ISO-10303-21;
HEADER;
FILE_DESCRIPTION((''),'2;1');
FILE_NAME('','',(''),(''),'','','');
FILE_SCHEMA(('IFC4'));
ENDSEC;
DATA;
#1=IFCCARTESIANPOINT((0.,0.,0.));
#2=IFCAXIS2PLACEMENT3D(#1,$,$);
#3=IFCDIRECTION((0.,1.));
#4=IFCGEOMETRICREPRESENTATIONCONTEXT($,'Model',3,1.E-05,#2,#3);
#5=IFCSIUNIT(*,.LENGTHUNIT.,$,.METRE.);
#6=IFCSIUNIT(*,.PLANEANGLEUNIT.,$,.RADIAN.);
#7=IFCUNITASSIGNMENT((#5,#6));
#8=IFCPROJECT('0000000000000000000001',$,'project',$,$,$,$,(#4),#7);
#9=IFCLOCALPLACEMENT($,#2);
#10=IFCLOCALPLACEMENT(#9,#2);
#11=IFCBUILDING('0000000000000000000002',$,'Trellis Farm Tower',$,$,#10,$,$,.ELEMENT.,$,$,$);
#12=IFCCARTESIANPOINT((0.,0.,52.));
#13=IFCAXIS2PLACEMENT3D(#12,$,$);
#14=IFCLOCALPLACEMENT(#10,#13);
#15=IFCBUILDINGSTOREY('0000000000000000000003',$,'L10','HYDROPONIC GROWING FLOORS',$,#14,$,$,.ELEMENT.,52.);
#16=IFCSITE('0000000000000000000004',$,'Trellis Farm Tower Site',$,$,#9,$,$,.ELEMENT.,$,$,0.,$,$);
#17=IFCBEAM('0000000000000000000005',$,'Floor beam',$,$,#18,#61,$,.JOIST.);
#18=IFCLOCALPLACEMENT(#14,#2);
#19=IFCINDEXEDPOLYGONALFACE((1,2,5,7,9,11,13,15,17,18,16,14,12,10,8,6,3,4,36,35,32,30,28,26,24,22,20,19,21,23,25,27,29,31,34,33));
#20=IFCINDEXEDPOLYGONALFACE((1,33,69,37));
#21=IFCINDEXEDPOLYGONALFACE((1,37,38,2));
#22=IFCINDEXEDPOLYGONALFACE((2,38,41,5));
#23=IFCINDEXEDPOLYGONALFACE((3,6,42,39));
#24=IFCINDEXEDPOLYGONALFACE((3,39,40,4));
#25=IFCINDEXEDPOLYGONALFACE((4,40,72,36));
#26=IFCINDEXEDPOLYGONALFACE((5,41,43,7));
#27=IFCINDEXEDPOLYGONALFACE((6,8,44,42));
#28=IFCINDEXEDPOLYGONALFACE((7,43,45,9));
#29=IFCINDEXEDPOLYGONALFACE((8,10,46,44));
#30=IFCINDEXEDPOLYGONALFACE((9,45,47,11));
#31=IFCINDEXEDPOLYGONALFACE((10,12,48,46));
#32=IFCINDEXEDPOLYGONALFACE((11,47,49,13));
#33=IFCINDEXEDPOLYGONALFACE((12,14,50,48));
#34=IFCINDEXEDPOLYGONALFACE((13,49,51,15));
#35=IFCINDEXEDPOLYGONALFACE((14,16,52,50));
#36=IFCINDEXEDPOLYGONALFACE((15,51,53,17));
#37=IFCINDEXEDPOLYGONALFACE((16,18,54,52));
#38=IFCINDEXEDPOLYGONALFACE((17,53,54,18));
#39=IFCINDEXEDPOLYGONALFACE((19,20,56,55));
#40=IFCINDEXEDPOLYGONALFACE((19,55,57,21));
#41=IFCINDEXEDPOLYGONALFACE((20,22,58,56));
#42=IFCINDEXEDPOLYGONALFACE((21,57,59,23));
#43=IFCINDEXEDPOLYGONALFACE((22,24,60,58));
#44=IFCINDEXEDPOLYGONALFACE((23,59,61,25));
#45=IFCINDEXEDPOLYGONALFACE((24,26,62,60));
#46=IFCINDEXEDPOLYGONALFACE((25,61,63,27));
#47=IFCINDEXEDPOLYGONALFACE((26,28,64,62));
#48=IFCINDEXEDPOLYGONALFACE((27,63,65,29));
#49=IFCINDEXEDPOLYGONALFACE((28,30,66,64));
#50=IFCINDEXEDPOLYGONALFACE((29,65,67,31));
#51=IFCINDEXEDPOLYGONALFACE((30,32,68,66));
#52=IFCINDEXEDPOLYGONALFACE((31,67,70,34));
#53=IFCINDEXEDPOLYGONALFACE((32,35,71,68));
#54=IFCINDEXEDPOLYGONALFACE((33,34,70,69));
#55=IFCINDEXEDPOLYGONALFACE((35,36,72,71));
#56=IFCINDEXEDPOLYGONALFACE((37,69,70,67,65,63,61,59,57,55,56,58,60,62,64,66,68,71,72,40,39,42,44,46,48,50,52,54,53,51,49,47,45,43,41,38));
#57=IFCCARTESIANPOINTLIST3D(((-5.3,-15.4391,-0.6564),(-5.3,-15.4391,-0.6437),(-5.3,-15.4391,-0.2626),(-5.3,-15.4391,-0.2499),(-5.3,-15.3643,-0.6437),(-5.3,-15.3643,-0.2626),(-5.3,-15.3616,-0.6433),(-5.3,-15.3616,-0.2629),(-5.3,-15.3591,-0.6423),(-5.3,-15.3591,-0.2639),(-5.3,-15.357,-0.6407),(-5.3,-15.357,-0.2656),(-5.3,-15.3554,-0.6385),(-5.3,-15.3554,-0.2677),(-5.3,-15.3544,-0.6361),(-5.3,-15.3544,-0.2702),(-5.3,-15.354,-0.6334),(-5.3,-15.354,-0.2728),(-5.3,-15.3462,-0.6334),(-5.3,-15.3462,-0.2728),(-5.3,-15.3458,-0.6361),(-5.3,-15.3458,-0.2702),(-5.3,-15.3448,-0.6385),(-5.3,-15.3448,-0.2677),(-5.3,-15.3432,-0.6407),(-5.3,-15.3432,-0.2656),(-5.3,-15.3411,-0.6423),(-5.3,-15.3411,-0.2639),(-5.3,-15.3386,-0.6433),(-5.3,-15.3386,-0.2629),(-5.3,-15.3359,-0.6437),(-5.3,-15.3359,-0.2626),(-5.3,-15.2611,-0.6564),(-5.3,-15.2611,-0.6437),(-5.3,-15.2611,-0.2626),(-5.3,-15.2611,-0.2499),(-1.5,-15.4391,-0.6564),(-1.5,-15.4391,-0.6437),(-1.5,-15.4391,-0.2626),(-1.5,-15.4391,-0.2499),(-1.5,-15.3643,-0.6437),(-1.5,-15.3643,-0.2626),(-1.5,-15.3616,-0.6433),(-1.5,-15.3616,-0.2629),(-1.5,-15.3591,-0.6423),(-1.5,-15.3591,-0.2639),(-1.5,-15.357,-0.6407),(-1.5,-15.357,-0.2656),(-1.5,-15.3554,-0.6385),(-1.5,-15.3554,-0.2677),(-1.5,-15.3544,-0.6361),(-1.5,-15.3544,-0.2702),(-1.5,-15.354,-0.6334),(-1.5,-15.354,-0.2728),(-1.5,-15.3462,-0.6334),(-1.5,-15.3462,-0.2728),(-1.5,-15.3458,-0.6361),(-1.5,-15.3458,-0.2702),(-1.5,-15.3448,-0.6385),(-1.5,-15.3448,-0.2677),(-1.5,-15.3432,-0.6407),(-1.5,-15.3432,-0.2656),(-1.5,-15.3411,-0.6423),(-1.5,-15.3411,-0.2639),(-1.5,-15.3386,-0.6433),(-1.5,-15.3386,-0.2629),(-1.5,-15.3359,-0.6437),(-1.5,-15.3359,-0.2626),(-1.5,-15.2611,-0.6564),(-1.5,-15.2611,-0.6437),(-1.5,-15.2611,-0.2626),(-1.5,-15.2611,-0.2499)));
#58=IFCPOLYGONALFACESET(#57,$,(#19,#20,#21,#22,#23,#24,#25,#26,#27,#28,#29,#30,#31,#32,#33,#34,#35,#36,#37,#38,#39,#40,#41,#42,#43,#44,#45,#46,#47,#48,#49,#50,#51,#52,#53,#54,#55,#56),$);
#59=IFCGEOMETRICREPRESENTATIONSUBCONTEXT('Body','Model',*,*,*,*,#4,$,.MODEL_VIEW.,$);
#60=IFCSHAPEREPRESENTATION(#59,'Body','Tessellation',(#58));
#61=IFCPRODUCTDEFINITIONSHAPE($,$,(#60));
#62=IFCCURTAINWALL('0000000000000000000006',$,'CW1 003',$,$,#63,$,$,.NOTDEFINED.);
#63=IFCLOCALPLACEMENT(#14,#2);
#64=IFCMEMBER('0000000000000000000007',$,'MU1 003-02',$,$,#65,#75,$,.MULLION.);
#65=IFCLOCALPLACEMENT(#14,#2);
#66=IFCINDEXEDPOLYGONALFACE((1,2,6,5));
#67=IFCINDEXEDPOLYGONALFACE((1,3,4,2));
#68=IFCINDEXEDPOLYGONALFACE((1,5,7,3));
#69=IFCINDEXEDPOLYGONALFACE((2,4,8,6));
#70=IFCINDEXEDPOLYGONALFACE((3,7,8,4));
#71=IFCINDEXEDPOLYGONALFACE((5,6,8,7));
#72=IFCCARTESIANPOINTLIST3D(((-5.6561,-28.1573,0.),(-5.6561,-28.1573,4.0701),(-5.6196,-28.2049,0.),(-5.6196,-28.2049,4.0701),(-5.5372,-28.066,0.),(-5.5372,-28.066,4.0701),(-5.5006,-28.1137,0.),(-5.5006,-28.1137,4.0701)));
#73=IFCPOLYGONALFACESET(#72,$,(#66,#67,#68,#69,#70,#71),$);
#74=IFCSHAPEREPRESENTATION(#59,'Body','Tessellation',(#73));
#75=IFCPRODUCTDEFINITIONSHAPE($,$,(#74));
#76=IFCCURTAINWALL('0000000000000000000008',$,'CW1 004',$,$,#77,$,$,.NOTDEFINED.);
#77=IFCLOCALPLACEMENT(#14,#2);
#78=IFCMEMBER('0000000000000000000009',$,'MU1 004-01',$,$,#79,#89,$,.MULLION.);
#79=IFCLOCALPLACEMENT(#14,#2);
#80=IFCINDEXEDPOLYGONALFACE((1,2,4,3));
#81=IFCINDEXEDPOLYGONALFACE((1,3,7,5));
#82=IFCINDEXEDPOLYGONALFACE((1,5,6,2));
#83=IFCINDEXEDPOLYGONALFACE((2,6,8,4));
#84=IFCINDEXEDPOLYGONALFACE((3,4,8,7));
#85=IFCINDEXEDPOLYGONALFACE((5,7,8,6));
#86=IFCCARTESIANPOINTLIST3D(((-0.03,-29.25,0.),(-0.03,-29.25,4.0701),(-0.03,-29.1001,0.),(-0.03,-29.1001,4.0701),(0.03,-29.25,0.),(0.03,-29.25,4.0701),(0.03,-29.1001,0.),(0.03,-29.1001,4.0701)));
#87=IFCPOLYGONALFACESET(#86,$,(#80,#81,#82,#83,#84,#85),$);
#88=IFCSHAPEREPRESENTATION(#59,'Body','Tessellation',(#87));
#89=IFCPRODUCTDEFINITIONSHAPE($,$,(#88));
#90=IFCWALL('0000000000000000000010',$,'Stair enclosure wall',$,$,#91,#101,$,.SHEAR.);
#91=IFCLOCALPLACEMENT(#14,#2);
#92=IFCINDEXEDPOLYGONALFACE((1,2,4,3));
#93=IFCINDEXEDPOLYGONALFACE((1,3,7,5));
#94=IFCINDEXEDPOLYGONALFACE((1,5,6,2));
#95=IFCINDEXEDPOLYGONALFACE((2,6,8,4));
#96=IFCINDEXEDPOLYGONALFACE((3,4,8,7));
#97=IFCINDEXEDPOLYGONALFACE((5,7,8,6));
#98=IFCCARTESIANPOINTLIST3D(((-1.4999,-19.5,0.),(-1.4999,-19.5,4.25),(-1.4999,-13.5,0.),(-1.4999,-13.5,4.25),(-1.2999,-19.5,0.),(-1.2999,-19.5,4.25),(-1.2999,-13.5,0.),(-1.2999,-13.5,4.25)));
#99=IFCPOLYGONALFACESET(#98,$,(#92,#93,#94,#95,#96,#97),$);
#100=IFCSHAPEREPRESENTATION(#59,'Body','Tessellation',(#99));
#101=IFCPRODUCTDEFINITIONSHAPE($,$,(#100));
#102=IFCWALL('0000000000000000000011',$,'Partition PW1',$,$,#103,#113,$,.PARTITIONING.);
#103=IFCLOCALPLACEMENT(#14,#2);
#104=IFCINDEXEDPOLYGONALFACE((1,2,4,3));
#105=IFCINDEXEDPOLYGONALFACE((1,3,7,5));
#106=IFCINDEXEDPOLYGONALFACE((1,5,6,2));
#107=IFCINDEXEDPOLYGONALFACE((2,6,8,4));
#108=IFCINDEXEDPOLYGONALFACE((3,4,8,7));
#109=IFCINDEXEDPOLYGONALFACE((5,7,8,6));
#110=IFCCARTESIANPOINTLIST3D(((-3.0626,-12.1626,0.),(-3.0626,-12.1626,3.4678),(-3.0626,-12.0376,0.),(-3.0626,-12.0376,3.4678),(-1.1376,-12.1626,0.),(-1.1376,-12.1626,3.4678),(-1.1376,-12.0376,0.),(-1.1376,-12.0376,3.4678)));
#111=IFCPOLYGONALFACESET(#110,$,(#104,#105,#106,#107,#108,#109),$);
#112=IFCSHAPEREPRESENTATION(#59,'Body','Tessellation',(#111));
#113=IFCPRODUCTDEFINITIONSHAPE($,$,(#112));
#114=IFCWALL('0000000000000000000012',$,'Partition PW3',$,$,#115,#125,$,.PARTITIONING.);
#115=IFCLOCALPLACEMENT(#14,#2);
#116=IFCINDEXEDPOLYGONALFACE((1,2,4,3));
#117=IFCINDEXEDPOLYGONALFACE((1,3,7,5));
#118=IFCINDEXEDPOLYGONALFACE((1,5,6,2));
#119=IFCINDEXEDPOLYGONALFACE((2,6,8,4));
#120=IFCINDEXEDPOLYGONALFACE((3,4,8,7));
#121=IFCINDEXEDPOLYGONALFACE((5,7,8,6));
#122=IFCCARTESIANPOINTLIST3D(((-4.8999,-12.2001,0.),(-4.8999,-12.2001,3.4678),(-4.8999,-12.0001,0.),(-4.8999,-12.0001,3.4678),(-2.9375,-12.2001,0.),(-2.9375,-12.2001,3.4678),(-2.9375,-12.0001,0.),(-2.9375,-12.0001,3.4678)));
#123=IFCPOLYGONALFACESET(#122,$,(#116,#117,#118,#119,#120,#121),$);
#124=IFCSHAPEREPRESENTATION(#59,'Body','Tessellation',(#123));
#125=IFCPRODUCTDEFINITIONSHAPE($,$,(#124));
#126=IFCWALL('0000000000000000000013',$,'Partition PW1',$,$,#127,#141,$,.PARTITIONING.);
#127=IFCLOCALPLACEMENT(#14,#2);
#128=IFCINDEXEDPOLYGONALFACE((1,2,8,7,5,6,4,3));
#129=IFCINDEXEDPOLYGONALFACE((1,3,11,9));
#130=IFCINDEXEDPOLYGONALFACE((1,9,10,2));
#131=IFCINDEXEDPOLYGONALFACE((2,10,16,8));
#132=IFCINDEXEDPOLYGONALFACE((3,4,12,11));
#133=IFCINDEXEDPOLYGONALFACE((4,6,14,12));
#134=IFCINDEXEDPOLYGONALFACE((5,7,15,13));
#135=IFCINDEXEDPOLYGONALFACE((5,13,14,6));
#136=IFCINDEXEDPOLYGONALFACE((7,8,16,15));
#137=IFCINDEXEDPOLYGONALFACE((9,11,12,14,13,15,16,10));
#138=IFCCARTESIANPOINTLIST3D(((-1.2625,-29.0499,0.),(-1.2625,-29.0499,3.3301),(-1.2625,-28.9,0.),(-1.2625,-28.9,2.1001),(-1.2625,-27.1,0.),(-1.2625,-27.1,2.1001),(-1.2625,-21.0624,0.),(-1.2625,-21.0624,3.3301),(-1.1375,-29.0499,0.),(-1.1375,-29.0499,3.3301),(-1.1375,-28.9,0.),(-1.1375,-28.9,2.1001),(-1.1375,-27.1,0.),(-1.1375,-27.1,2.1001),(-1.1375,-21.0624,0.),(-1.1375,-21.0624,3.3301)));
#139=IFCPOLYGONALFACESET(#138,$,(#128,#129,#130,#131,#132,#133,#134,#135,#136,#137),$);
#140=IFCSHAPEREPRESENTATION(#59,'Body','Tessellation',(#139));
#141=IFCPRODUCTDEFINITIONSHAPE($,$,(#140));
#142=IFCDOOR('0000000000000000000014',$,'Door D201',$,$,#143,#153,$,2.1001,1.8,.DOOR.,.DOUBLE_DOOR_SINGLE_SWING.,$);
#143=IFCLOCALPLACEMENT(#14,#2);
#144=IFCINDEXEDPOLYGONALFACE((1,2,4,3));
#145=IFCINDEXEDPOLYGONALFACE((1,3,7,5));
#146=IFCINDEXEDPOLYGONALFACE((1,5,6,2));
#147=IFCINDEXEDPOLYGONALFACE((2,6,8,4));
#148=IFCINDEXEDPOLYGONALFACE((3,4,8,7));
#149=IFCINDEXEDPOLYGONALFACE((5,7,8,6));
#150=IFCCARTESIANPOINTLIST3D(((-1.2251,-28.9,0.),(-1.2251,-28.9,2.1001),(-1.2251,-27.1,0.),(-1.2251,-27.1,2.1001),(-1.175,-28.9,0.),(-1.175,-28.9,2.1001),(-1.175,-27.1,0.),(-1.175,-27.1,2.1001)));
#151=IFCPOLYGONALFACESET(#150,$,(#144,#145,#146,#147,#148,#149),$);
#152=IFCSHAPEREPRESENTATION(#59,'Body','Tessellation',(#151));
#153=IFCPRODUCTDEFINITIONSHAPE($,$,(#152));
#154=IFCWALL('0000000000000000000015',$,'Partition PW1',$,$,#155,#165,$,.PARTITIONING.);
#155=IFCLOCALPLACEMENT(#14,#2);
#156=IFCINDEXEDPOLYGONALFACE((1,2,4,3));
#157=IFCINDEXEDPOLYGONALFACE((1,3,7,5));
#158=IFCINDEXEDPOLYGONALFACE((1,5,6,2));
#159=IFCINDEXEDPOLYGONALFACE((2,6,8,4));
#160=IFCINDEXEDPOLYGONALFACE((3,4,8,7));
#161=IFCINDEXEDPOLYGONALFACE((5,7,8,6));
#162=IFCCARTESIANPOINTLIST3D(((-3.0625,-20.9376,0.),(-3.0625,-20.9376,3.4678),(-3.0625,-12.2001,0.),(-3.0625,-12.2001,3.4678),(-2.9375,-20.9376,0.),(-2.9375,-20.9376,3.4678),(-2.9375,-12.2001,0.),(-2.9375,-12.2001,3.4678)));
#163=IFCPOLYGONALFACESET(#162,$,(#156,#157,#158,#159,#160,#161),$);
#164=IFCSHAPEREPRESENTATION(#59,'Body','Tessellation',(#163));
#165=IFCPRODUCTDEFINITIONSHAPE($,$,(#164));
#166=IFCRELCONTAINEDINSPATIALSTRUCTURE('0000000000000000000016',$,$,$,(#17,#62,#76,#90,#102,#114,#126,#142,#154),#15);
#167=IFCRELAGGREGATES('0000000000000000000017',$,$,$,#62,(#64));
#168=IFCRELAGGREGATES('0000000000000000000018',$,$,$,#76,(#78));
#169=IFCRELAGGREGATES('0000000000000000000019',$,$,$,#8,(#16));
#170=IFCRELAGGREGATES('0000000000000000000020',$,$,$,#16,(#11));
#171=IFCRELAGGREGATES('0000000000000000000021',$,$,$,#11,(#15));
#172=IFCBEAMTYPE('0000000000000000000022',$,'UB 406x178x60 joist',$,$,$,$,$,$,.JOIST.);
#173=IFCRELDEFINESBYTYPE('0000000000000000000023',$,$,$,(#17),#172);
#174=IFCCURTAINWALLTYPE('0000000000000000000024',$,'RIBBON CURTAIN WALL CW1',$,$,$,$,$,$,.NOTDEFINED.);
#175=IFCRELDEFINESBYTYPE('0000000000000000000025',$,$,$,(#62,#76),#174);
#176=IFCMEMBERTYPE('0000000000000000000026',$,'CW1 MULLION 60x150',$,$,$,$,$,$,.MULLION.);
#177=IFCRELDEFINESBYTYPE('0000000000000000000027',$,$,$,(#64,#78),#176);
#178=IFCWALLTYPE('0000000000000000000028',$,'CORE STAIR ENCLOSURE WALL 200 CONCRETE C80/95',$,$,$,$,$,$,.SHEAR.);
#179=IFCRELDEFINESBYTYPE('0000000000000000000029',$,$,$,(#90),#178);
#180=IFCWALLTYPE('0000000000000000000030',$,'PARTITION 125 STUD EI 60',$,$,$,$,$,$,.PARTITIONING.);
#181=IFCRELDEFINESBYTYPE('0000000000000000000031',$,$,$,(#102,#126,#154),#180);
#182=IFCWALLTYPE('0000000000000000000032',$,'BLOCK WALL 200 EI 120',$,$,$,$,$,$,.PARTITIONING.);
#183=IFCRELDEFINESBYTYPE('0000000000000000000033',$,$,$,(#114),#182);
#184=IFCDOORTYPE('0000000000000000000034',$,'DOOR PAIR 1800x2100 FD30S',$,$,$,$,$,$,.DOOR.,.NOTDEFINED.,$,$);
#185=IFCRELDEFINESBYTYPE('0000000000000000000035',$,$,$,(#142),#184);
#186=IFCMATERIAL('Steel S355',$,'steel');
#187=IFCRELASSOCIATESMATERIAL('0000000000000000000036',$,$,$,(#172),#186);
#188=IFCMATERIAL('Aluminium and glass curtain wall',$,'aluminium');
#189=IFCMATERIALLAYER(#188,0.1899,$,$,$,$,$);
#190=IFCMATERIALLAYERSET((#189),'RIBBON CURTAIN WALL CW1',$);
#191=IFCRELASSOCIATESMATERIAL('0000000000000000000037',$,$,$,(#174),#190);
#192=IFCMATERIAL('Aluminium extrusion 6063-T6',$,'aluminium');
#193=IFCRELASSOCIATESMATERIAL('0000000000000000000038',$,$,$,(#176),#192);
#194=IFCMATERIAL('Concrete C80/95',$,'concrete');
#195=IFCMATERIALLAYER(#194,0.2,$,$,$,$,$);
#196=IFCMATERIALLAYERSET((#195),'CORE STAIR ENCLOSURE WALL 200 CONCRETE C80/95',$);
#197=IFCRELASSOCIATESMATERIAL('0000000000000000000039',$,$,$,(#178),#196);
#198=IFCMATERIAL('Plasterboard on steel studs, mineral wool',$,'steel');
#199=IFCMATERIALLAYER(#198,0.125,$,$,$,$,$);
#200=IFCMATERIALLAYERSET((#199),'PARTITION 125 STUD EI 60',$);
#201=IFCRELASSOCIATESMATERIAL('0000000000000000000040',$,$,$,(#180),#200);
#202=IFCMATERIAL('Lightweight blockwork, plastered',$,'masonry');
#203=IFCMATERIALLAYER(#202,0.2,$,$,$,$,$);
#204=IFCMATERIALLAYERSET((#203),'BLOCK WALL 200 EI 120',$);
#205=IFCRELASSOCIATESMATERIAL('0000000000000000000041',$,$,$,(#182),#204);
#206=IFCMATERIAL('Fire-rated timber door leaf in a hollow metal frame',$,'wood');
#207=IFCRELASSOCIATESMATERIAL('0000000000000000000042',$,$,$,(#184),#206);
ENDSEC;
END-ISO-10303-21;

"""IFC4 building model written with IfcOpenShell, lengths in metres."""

from ifc_helpers import new_model, si_unit, direction, frame, frame_2d, origin, origin_2d, place, context, subcontext, project, spatial, rectangle, i_section, extrude, source, transform, mapped, material, layer, layer_set, material_profile, profile_set, type_object, element, fill, aggregate, save


model = new_model("IFC4")

# Units and contexts
model_context = context("Model", 3, precision=1e-05, world=origin(), true_north=direction((0.0, 1.0)))
body_context = subcontext(model_context, "Body", "Model", "MODEL_VIEW")
ifc_project = project(units=[si_unit("LENGTHUNIT", "METRE"), si_unit("PLANEANGLEUNIT", "RADIAN")], contexts=[model_context])

# Site, building, storey
site_placement = place(None, origin())
site = spatial("IfcSite", under=ifc_project, at=site_placement, Name="Trellis Farm Tower Site", CompositionType="ELEMENT", RefElevation=0.0)
building_placement = place(site_placement, origin())
building = spatial("IfcBuilding", under=site, at=building_placement, Name="Trellis Farm Tower", CompositionType="ELEMENT")
storey_placement = place(building_placement, frame((0.0, 0.0, 52.0)))
storey = spatial("IfcBuildingStorey", under=building, at=storey_placement, Name="L10", Description="HYDROPONIC GROWING FLOORS", CompositionType="ELEMENT", Elevation=52.0)

# Shared definitions
ifc_material_1 = material(Name="Concrete C80/95", Category="concrete")

# Beam
ifc_material_2 = material(Name="Steel S355", Category="steel")
ifc_material_profile_1 = material_profile(ifc_material_2, i_section(OverallWidth=0.178, OverallDepth=0.4065, WebThickness=0.0078, FlangeThickness=0.0127, FilletRadius=0.0103, at=origin_2d()), Name="UB 406x178x60")
ifc_profile_set_1 = profile_set([ifc_material_profile_1], Name="Steel S355")
beam_type_1 = type_object("IfcBeamType", Name="UB 406x178x60 joist", PredefinedType="JOIST", material=ifc_profile_set_1)
shared_shape_1 = source(origin(), body_context, "Body", "SweptSolid", [
    extrude(i_section(OverallWidth=0.178, OverallDepth=0.4065, WebThickness=0.0078, FlangeThickness=0.0127, FilletRadius=0.0103, at=origin_2d()), origin(), (0.0, 0.0, 1.0), 3.8),
])
beam_1_placement = place(storey_placement, frame((-5.3, -15.3501, -0.4531), z_axis=(1.0, 0.0, 0.0), x_axis=(0.0, 1.0, 0.0)))
element("IfcBeam", 1, at=beam_1_placement, inside=storey, type_object=beam_type_1, Name="Floor beam", PredefinedType="JOIST", context=body_context, shape_type="MappedRepresentation", body=[
    mapped(shared_shape_1, transform((0.0, 0.0, 0.0))),
])

# Curtain walls, members
ifc_material_3 = material(Name="Aluminium and glass curtain wall", Category="aluminium")
ifc_layer_1 = layer(ifc_material_3, 0.1899)
ifc_layer_set_1 = layer_set([ifc_layer_1], Name="RIBBON CURTAIN WALL CW1")
curtain_wall_type = type_object("IfcCurtainWallType", Name="RIBBON CURTAIN WALL CW1", PredefinedType="NOTDEFINED", material=ifc_layer_set_1)
placement = place(storey_placement, origin())
curtain_wall_1 = element("IfcCurtainWall", 2, at=placement, inside=storey, type_object=curtain_wall_type, Name="CW1 003", PredefinedType="NOTDEFINED")
ifc_material_4 = material(Name="Aluminium extrusion 6063-T6", Category="aluminium")
ifc_material_profile_2 = material_profile(ifc_material_4, rectangle(XDim=0.0601, YDim=0.1499, at=origin_2d()), Name="MULLION 60x150")
ifc_profile_set_2 = profile_set([ifc_material_profile_2], Name="Aluminium extrusion 6063-T6")
member_type = type_object("IfcMemberType", Name="CW1 MULLION 60x150", PredefinedType="MULLION", material=ifc_profile_set_2)
shared_shape_2 = source(origin(), body_context, "Body", "SweptSolid", [
    extrude(rectangle(XDim=0.0601, YDim=0.1499, at=origin_2d()), origin(), (0.0, 0.0, 1.0), 4.0701),
])
member_1_placement = place(storey_placement, frame((-5.5784, -28.1355, 0.0), z_axis=(0.0, 0.0, 1.0), x_axis=(0.608761, -0.793353, 0.0)))
member_1 = element("IfcMember", 3, at=member_1_placement, type_object=member_type, Name="MU1 003-02", PredefinedType="MULLION", context=body_context, shape_type="MappedRepresentation", body=[
    mapped(shared_shape_2, transform((0.0, 0.0, 0.0))),
])
aggregate(curtain_wall_1, [member_1])
curtain_wall_2 = element("IfcCurtainWall", 4, at=placement, inside=storey, type_object=curtain_wall_type, Name="CW1 004", PredefinedType="NOTDEFINED")
member_2_placement = place(storey_placement, frame((0.0, -29.175, 0.0), z_axis=(0.0, 0.0, 1.0), x_axis=(1.0, 0.0, 0.0)))
member_2 = element("IfcMember", 5, at=member_2_placement, type_object=member_type, Name="MU1 004-01", PredefinedType="MULLION", context=body_context, shape_type="MappedRepresentation", body=[
    mapped(shared_shape_2, transform((0.0, 0.0, 0.0))),
])
aggregate(curtain_wall_2, [member_2])

# Walls
ifc_layer_2 = layer(ifc_material_1, 0.2)
ifc_layer_set_2 = layer_set([ifc_layer_2], Name="CORE STAIR ENCLOSURE WALL 200 CONCRETE C80/95")
wall_type_1 = type_object("IfcWallType", Name="CORE STAIR ENCLOSURE WALL 200 CONCRETE C80/95", PredefinedType="SHEAR", material=ifc_layer_set_2)
shared_shape_3 = source(origin(), body_context, "Body", "SweptSolid", [
    extrude(rectangle(XDim=6.0, YDim=0.2, at=frame_2d((3.0, 0.0))), origin(), (0.0, 0.0, 1.0), 4.25),
])
wall_1_placement = place(storey_placement, frame((-1.3999, -13.5, 0.0), z_axis=(0.0, 0.0, 1.0), x_axis=(0.0, -1.0, 0.0)))
element("IfcWall", 6, at=wall_1_placement, inside=storey, type_object=wall_type_1, Name="Stair enclosure wall", PredefinedType="SHEAR", context=body_context, shape_type="MappedRepresentation", body=[
    mapped(shared_shape_3, transform((0.0, 0.0, 0.0))),
])
ifc_material_5 = material(Name="Plasterboard on steel studs, mineral wool", Category="steel")
ifc_layer_3 = layer(ifc_material_5, 0.125)
ifc_layer_set_3 = layer_set([ifc_layer_3], Name="PARTITION 125 STUD EI 60")
wall_type_2 = type_object("IfcWallType", Name="PARTITION 125 STUD EI 60", PredefinedType="PARTITIONING", material=ifc_layer_set_3)
shared_shape_4 = source(origin(), body_context, "Body", "SweptSolid", [
    extrude(rectangle(XDim=1.925, YDim=0.125, at=frame_2d((0.9624, 0.0))), origin(), (0.0, 0.0, 1.0), 3.4678),
])
wall_2_placement = place(storey_placement, frame((-3.0625, -12.1001, 0.0), z_axis=(0.0, 0.0, 1.0), x_axis=(1.0, 0.0, 0.0)))
element("IfcWall", 7, at=wall_2_placement, inside=storey, type_object=wall_type_2, Name="Partition PW1", PredefinedType="PARTITIONING", context=body_context, shape_type="MappedRepresentation", body=[
    mapped(shared_shape_4, transform((0.0, 0.0, 0.0))),
])
ifc_material_6 = material(Name="Lightweight blockwork, plastered", Category="masonry")
ifc_layer_4 = layer(ifc_material_6, 0.2)
ifc_layer_set_4 = layer_set([ifc_layer_4], Name="BLOCK WALL 200 EI 120")
wall_type_3 = type_object("IfcWallType", Name="BLOCK WALL 200 EI 120", PredefinedType="PARTITIONING", material=ifc_layer_set_4)
shared_shape_5 = source(origin(), body_context, "Body", "SweptSolid", [
    extrude(rectangle(XDim=1.9624, YDim=0.2, at=frame_2d((0.9812, 0.0))), origin(), (0.0, 0.0, 1.0), 3.4678),
])
wall_3_placement = place(storey_placement, frame((-4.8999, -12.1001, 0.0), z_axis=(0.0, 0.0, 1.0), x_axis=(1.0, 0.0, 0.0)))
element("IfcWall", 8, at=wall_3_placement, inside=storey, type_object=wall_type_3, Name="Partition PW3", PredefinedType="PARTITIONING", context=body_context, shape_type="MappedRepresentation", body=[
    mapped(shared_shape_5, transform((0.0, 0.0, 0.0))),
])

# Wall, opening, door
shared_shape_6 = source(origin(), body_context, "Body", "SweptSolid", [
    extrude(rectangle(XDim=7.9875, YDim=0.125, at=frame_2d((3.9937, 0.0))), origin(), (0.0, 0.0, 1.0), 3.3301),
])
wall_4_placement = place(storey_placement, frame((-1.2, -21.0625, 0.0), z_axis=(0.0, 0.0, 1.0), x_axis=(0.0, -1.0, 0.0)))
wall_4 = element("IfcWall", 9, at=wall_4_placement, inside=storey, type_object=wall_type_2, Name="Partition PW1", PredefinedType="PARTITIONING", context=body_context, shape_type="MappedRepresentation", body=[
    mapped(shared_shape_6, transform((0.0, 0.0, 0.0))),
])
shared_shape_7 = source(origin(), body_context, "Body", "SweptSolid", [
    extrude(rectangle(XDim=1.8, YDim=2.1001, at=frame_2d((0.8999, 1.05))), frame((0.0, 0.0725, 0.0), z_axis=(0.0, -1.0, 0.0), x_axis=(1.0, 0.0, 0.0)), (0.0, 0.0, 1.0), 0.145),
])
opening_placement = place(wall_4_placement, frame((6.0376, 0.0, 0.0)))
opening = element("IfcOpeningElement", 10, at=opening_placement, cuts=wall_4, PredefinedType="OPENING", context=body_context, shape_type="MappedRepresentation", body=[
    mapped(shared_shape_7, transform((0.0, 0.0, 0.0))),
])
ifc_material_7 = material(Name="Fire-rated timber door leaf in a hollow metal frame", Category="wood")
door_type = type_object("IfcDoorType", Name="DOOR PAIR 1800x2100 FD30S", OperationType="NOTDEFINED", PredefinedType="DOOR", material=ifc_material_7)
shared_shape_8 = source(origin(), body_context, "Body", "SweptSolid", [
    extrude(rectangle(XDim=1.8, YDim=2.1001, at=frame_2d((0.8999, 1.05))), frame((0.0, 0.0249, 0.0), z_axis=(0.0, -1.0, 0.0), x_axis=(1.0, 0.0, 0.0)), (0.0, 0.0, 1.0), 0.05),
])
door_placement = place(opening_placement, origin())
door = element("IfcDoor", 11, at=door_placement, inside=storey, type_object=door_type, Name="Door D201", OperationType="DOUBLE_DOOR_SINGLE_SWING", OverallHeight=2.1001, OverallWidth=1.8, PredefinedType="DOOR", context=body_context, shape_type="MappedRepresentation", body=[
    mapped(shared_shape_8, transform((0.0, 0.0, 0.0))),
])
fill(opening, door)

# Wall
shared_shape_9 = source(origin(), body_context, "Body", "SweptSolid", [
    extrude(rectangle(XDim=8.7375, YDim=0.125, at=frame_2d((4.3687, 0.0))), origin(), (0.0, 0.0, 1.0), 3.4678),
])
wall_5_placement = place(storey_placement, frame((-3.0, -20.9375, 0.0), z_axis=(0.0, 0.0, 1.0), x_axis=(0.0, 1.0, 0.0)))
element("IfcWall", 12, at=wall_5_placement, inside=storey, type_object=wall_type_2, Name="Partition PW1", PredefinedType="PARTITIONING", context=body_context, shape_type="MappedRepresentation", body=[
    mapped(shared_shape_9, transform((0.0, 0.0, 0.0))),
])

save(model, "model.ifc")
